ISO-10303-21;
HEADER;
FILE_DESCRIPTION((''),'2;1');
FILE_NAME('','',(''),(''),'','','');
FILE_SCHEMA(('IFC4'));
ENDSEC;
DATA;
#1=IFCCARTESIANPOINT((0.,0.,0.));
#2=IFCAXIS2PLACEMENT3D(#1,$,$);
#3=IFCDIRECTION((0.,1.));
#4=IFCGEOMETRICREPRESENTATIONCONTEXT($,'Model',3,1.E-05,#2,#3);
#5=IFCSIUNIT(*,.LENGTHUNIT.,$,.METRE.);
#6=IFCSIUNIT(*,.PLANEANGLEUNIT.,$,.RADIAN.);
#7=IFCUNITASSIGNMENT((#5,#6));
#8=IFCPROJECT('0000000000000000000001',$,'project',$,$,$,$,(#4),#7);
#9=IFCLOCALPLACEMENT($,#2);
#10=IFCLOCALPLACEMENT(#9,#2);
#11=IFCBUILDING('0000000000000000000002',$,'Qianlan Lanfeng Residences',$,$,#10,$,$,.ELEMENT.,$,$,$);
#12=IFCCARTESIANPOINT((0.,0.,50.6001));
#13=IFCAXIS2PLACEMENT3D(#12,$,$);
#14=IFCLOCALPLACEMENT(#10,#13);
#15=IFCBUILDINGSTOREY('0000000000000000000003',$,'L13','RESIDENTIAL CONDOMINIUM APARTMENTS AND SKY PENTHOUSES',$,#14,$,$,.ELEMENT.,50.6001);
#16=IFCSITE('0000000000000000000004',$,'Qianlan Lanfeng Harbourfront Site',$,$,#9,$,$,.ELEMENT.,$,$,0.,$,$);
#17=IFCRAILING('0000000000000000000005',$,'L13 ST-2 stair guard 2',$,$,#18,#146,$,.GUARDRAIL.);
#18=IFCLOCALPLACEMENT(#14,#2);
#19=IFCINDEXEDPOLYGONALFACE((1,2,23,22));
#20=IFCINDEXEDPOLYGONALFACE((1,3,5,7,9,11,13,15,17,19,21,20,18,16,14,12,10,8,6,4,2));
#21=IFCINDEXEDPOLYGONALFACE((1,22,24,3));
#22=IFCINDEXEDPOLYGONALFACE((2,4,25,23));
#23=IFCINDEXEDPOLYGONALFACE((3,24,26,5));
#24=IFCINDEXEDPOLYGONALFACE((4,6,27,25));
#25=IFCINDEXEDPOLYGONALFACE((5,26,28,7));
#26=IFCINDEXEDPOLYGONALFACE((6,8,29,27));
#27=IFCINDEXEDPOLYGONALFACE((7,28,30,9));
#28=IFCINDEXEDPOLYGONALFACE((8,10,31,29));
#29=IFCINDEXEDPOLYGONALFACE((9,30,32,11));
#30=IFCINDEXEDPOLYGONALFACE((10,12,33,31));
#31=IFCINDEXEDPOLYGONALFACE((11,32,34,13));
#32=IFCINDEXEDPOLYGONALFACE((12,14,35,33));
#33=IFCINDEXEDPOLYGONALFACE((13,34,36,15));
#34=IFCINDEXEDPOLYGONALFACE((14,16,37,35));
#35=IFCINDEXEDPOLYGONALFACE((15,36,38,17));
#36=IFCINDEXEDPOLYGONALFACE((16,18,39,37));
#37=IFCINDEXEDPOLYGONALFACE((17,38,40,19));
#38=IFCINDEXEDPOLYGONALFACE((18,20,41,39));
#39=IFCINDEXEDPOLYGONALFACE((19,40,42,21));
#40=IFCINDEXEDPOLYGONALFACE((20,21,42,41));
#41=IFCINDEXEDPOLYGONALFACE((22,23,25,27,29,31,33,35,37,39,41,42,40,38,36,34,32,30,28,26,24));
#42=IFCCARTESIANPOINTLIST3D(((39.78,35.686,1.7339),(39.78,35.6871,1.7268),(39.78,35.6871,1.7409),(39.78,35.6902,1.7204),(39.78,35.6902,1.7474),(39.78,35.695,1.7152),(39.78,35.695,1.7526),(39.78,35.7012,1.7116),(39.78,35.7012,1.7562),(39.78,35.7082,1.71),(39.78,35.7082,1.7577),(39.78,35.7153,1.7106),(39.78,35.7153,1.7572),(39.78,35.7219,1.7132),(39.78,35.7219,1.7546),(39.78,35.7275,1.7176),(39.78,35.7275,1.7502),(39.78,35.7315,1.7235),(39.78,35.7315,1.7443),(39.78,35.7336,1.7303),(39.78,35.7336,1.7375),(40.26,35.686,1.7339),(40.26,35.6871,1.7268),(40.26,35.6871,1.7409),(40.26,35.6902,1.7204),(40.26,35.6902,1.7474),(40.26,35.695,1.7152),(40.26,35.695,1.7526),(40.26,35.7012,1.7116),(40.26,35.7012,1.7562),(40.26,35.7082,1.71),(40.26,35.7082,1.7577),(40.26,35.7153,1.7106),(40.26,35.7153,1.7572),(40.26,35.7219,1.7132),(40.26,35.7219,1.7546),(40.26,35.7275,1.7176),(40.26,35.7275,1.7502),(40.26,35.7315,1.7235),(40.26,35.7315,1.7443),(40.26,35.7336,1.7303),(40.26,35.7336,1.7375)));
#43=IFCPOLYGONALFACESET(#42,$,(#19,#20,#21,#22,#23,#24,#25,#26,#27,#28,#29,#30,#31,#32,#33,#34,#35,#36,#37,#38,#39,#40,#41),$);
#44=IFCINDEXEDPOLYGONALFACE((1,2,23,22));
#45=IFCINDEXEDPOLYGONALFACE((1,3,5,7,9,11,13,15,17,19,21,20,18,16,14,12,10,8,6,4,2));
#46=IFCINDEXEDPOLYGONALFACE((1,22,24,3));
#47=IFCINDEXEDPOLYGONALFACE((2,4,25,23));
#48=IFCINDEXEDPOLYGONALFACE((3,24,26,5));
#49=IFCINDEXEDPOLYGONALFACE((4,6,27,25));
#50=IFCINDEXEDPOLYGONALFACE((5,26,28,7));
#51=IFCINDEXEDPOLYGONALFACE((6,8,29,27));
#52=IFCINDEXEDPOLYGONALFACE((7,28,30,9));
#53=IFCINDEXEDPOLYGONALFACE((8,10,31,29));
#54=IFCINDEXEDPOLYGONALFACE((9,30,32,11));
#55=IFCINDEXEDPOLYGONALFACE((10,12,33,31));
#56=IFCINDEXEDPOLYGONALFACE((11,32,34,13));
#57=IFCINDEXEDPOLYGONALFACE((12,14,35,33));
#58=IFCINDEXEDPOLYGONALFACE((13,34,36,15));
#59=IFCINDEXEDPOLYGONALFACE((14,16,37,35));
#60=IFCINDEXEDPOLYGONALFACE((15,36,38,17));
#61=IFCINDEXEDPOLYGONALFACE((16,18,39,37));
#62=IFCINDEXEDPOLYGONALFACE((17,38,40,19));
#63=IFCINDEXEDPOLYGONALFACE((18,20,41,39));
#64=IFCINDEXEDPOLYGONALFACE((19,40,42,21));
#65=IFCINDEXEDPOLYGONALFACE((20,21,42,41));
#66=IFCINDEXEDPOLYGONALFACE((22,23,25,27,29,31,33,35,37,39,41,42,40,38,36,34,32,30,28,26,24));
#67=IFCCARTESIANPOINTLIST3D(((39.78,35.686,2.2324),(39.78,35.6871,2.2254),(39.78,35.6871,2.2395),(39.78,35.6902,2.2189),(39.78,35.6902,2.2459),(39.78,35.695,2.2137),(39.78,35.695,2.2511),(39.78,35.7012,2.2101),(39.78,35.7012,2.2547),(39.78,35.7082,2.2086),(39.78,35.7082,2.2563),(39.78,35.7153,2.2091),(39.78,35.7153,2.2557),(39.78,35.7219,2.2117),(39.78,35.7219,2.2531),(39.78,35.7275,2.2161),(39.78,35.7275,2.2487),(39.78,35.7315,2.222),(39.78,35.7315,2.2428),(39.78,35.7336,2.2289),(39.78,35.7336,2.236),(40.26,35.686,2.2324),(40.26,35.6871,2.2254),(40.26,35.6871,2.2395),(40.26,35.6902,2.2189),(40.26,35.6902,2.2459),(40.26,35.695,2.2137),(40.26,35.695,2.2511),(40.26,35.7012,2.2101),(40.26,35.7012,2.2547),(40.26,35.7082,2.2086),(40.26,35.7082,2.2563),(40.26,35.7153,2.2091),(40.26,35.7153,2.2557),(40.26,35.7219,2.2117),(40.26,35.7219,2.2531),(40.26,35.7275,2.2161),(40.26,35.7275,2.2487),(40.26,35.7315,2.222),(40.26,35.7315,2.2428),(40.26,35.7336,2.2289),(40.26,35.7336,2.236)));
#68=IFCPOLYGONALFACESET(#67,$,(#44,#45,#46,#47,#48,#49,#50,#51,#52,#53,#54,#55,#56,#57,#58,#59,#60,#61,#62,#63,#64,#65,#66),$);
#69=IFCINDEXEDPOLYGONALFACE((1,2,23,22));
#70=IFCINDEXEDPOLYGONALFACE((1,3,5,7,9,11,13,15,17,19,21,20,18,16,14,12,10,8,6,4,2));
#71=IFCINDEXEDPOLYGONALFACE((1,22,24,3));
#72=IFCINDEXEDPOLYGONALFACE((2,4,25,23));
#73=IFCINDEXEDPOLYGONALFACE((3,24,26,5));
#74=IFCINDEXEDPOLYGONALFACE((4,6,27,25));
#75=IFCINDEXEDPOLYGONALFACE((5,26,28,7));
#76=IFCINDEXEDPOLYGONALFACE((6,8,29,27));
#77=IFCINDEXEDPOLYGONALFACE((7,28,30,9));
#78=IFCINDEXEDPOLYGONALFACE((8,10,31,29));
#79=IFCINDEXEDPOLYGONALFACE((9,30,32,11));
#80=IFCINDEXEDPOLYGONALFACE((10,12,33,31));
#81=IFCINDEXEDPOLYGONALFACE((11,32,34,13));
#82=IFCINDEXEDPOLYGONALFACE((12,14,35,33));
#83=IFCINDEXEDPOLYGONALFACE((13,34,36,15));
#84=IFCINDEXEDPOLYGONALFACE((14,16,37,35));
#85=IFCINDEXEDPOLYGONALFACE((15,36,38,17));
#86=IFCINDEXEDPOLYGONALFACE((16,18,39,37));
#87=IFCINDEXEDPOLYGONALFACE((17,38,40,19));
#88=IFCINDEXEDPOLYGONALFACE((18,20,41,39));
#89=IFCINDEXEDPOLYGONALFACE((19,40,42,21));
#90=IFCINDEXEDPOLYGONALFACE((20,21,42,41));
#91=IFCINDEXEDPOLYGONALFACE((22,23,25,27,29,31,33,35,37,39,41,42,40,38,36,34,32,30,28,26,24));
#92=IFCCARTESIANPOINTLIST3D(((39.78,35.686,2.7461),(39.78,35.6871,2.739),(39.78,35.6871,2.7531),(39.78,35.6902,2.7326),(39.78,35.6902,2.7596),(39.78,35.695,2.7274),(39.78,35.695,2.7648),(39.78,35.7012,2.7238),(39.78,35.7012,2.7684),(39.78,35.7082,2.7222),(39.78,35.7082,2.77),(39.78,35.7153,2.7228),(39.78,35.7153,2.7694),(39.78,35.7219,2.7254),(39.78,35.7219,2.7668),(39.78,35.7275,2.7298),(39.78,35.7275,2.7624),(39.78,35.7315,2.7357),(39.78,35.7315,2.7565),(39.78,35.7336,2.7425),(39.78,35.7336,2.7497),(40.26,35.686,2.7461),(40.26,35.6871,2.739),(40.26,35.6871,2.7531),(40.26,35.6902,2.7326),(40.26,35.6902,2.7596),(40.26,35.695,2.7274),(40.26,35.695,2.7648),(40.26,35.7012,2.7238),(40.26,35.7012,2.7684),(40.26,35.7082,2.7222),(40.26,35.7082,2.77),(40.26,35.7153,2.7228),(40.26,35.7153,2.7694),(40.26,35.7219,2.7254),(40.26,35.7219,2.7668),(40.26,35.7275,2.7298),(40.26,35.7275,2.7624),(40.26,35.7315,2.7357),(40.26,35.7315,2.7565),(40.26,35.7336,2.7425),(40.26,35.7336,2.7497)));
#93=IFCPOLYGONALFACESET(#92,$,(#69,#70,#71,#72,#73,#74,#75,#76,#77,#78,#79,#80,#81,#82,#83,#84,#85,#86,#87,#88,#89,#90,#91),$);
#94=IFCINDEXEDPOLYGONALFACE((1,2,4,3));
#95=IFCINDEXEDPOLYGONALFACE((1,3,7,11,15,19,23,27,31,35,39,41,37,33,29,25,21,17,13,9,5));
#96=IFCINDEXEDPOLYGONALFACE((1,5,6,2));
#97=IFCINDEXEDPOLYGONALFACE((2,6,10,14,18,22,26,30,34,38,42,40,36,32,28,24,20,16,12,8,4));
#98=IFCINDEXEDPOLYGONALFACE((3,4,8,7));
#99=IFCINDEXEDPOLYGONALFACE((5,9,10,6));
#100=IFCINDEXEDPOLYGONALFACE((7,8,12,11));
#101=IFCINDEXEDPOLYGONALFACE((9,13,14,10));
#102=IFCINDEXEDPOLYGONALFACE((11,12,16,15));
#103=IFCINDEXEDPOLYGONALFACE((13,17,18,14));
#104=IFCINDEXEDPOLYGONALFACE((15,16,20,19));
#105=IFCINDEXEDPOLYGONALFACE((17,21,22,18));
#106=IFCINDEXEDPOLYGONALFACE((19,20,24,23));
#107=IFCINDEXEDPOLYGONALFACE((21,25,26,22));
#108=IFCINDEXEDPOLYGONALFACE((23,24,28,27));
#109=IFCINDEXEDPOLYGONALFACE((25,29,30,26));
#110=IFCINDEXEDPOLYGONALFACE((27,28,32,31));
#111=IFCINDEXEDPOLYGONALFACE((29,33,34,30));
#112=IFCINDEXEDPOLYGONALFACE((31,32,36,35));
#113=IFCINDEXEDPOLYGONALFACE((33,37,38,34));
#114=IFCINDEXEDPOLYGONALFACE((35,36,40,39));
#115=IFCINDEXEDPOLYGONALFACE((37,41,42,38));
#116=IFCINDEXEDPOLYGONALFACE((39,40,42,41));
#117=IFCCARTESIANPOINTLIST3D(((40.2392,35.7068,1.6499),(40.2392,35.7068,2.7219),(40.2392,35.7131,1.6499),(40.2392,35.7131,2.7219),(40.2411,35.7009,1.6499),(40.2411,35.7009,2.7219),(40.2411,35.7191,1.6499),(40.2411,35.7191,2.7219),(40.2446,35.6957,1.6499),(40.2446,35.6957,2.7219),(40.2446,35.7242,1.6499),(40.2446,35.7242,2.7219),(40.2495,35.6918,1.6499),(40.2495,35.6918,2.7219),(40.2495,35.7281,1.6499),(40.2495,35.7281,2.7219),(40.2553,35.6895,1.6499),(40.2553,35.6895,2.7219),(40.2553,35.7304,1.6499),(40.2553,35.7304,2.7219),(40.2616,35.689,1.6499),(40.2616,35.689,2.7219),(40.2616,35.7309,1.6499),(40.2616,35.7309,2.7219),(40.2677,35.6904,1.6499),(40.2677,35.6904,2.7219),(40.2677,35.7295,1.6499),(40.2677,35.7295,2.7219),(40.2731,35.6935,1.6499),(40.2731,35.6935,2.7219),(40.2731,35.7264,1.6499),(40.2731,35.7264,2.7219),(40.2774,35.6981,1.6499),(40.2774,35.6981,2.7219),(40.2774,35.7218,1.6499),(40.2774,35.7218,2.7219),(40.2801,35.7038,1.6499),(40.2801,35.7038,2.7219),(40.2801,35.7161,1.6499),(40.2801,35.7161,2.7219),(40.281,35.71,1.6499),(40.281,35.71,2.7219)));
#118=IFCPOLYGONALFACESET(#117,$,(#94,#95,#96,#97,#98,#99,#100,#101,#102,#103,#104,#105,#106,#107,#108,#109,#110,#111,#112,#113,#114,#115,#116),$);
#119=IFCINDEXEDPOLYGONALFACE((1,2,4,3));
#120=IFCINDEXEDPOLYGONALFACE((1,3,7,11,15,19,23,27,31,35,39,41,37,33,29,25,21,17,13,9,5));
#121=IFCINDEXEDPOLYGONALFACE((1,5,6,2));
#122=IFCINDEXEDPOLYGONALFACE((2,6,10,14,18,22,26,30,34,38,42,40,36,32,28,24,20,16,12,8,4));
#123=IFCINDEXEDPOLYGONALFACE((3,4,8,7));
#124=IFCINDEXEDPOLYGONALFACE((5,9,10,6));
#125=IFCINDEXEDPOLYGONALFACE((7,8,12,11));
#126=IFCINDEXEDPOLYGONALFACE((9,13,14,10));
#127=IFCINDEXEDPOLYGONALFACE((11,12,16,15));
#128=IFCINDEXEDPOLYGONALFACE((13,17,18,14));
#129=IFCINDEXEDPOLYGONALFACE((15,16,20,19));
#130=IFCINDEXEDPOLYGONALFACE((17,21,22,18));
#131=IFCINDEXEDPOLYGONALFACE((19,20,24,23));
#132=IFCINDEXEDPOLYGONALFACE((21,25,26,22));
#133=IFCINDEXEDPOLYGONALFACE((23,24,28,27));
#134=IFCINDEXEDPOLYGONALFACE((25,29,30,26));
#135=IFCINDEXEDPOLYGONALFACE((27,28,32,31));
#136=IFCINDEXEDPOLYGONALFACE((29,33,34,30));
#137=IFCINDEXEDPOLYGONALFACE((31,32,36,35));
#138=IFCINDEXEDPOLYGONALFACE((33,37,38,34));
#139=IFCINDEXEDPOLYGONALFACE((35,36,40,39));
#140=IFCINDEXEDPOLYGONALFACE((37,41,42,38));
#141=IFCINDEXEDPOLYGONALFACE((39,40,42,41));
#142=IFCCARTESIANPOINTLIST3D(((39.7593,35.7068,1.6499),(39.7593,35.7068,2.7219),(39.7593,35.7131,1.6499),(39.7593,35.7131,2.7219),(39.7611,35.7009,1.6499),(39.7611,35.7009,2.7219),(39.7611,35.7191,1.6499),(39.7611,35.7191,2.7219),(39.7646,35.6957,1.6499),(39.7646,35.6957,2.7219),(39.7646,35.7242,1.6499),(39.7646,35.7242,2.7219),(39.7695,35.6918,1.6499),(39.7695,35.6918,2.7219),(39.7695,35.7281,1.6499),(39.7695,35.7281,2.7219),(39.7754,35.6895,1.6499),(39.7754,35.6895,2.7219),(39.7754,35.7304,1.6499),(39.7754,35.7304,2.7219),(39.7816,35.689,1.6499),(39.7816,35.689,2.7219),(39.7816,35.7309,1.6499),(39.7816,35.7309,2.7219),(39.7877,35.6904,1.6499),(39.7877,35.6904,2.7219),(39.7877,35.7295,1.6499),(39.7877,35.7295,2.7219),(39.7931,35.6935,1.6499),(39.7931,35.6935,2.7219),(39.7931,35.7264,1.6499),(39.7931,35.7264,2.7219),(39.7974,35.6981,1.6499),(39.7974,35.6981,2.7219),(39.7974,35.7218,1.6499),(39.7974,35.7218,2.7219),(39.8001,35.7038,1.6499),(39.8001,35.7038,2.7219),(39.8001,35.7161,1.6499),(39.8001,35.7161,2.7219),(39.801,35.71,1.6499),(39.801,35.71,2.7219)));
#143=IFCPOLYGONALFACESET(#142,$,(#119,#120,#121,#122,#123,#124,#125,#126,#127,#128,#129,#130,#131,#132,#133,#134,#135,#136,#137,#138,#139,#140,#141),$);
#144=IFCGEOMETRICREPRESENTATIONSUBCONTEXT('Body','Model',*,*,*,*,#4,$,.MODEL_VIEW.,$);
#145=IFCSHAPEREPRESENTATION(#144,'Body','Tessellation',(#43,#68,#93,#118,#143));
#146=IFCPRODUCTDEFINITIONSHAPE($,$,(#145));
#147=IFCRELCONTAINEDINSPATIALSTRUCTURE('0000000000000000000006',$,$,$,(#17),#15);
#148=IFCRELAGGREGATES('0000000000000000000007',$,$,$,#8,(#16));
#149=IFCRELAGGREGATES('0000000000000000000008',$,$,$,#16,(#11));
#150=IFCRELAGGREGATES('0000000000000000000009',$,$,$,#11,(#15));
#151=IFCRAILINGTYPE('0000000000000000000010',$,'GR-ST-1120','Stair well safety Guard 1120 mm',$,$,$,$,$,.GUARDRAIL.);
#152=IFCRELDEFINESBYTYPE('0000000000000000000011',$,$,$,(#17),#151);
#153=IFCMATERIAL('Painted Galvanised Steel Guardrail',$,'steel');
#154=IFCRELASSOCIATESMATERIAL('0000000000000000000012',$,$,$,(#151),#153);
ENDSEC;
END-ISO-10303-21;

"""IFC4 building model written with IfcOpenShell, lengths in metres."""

from ifc_helpers import new_model, si_unit, direction, frame, origin, origin_2d, place, context, subcontext, project, spatial, circle, extrude, material, type_object, element, save


model = new_model("IFC4")

# Units and contexts
model_context = context("Model", 3, precision=1e-05, world=origin(), true_north=direction((0.0, 1.0)))
body_context = subcontext(model_context, "Body", "Model", "MODEL_VIEW")
ifc_project = project(units=[si_unit("LENGTHUNIT", "METRE"), si_unit("PLANEANGLEUNIT", "RADIAN")], contexts=[model_context])

# Site, building, storey
site_placement = place(None, origin())
site = spatial("IfcSite", under=ifc_project, at=site_placement, Name="Qianlan Lanfeng Harbourfront Site", CompositionType="ELEMENT", RefElevation=0.0)
building_placement = place(site_placement, origin())
building = spatial("IfcBuilding", under=site, at=building_placement, Name="Qianlan Lanfeng Residences", CompositionType="ELEMENT")
storey_placement = place(building_placement, frame((0.0, 0.0, 50.6001)))
storey = spatial("IfcBuildingStorey", under=building, at=storey_placement, Name="L13", Description="RESIDENTIAL CONDOMINIUM APARTMENTS AND SKY PENTHOUSES", CompositionType="ELEMENT", Elevation=50.6001)

# Railing
ifc_material_1 = material(Name="Painted Galvanised Steel Guardrail", Category="steel")
railing_type_1 = type_object("IfcRailingType", Name="GR-ST-1120", Description="Stair well safety Guard 1120 mm", PredefinedType="GUARDRAIL", material=ifc_material_1)
railing_1_placement = place(storey_placement, frame((40.26, 35.71, 1.6499)))
element("IfcRailing", 1, at=railing_1_placement, inside=storey, type_object=railing_type_1, Name="L13 ST-2 stair guard 2", PredefinedType="GUARDRAIL", context=body_context, shape_type="SweptSolid", body=[
    extrude(circle(Radius=0.0239, at=origin_2d()), frame((0.0, 0.0, 0.084), z_axis=(-1.0, 0.0, 0.0), x_axis=(0.0, -1.0, 0.0)), (0.0, 0.0, 1.0), 0.48),
    extrude(circle(Radius=0.0239, at=origin_2d()), frame((0.0, 0.0, 0.5825), z_axis=(-1.0, 0.0, 0.0), x_axis=(0.0, -1.0, 0.0)), (0.0, 0.0, 1.0), 0.48),
    extrude(circle(Radius=0.0239, at=origin_2d()), frame((0.0, 0.0, 1.0962), z_axis=(-1.0, 0.0, 0.0), x_axis=(0.0, -1.0, 0.0)), (0.0, 0.0, 1.0), 0.48),
    extrude(circle(Radius=0.021, at=origin_2d()), origin(), (0.0, 0.0, 1.0), 1.072),
    extrude(circle(Radius=0.021, at=origin_2d()), frame((-0.48, 0.0, 0.0)), (0.0, 0.0, 1.0), 1.072),
])

save(model, "model.ifc")
